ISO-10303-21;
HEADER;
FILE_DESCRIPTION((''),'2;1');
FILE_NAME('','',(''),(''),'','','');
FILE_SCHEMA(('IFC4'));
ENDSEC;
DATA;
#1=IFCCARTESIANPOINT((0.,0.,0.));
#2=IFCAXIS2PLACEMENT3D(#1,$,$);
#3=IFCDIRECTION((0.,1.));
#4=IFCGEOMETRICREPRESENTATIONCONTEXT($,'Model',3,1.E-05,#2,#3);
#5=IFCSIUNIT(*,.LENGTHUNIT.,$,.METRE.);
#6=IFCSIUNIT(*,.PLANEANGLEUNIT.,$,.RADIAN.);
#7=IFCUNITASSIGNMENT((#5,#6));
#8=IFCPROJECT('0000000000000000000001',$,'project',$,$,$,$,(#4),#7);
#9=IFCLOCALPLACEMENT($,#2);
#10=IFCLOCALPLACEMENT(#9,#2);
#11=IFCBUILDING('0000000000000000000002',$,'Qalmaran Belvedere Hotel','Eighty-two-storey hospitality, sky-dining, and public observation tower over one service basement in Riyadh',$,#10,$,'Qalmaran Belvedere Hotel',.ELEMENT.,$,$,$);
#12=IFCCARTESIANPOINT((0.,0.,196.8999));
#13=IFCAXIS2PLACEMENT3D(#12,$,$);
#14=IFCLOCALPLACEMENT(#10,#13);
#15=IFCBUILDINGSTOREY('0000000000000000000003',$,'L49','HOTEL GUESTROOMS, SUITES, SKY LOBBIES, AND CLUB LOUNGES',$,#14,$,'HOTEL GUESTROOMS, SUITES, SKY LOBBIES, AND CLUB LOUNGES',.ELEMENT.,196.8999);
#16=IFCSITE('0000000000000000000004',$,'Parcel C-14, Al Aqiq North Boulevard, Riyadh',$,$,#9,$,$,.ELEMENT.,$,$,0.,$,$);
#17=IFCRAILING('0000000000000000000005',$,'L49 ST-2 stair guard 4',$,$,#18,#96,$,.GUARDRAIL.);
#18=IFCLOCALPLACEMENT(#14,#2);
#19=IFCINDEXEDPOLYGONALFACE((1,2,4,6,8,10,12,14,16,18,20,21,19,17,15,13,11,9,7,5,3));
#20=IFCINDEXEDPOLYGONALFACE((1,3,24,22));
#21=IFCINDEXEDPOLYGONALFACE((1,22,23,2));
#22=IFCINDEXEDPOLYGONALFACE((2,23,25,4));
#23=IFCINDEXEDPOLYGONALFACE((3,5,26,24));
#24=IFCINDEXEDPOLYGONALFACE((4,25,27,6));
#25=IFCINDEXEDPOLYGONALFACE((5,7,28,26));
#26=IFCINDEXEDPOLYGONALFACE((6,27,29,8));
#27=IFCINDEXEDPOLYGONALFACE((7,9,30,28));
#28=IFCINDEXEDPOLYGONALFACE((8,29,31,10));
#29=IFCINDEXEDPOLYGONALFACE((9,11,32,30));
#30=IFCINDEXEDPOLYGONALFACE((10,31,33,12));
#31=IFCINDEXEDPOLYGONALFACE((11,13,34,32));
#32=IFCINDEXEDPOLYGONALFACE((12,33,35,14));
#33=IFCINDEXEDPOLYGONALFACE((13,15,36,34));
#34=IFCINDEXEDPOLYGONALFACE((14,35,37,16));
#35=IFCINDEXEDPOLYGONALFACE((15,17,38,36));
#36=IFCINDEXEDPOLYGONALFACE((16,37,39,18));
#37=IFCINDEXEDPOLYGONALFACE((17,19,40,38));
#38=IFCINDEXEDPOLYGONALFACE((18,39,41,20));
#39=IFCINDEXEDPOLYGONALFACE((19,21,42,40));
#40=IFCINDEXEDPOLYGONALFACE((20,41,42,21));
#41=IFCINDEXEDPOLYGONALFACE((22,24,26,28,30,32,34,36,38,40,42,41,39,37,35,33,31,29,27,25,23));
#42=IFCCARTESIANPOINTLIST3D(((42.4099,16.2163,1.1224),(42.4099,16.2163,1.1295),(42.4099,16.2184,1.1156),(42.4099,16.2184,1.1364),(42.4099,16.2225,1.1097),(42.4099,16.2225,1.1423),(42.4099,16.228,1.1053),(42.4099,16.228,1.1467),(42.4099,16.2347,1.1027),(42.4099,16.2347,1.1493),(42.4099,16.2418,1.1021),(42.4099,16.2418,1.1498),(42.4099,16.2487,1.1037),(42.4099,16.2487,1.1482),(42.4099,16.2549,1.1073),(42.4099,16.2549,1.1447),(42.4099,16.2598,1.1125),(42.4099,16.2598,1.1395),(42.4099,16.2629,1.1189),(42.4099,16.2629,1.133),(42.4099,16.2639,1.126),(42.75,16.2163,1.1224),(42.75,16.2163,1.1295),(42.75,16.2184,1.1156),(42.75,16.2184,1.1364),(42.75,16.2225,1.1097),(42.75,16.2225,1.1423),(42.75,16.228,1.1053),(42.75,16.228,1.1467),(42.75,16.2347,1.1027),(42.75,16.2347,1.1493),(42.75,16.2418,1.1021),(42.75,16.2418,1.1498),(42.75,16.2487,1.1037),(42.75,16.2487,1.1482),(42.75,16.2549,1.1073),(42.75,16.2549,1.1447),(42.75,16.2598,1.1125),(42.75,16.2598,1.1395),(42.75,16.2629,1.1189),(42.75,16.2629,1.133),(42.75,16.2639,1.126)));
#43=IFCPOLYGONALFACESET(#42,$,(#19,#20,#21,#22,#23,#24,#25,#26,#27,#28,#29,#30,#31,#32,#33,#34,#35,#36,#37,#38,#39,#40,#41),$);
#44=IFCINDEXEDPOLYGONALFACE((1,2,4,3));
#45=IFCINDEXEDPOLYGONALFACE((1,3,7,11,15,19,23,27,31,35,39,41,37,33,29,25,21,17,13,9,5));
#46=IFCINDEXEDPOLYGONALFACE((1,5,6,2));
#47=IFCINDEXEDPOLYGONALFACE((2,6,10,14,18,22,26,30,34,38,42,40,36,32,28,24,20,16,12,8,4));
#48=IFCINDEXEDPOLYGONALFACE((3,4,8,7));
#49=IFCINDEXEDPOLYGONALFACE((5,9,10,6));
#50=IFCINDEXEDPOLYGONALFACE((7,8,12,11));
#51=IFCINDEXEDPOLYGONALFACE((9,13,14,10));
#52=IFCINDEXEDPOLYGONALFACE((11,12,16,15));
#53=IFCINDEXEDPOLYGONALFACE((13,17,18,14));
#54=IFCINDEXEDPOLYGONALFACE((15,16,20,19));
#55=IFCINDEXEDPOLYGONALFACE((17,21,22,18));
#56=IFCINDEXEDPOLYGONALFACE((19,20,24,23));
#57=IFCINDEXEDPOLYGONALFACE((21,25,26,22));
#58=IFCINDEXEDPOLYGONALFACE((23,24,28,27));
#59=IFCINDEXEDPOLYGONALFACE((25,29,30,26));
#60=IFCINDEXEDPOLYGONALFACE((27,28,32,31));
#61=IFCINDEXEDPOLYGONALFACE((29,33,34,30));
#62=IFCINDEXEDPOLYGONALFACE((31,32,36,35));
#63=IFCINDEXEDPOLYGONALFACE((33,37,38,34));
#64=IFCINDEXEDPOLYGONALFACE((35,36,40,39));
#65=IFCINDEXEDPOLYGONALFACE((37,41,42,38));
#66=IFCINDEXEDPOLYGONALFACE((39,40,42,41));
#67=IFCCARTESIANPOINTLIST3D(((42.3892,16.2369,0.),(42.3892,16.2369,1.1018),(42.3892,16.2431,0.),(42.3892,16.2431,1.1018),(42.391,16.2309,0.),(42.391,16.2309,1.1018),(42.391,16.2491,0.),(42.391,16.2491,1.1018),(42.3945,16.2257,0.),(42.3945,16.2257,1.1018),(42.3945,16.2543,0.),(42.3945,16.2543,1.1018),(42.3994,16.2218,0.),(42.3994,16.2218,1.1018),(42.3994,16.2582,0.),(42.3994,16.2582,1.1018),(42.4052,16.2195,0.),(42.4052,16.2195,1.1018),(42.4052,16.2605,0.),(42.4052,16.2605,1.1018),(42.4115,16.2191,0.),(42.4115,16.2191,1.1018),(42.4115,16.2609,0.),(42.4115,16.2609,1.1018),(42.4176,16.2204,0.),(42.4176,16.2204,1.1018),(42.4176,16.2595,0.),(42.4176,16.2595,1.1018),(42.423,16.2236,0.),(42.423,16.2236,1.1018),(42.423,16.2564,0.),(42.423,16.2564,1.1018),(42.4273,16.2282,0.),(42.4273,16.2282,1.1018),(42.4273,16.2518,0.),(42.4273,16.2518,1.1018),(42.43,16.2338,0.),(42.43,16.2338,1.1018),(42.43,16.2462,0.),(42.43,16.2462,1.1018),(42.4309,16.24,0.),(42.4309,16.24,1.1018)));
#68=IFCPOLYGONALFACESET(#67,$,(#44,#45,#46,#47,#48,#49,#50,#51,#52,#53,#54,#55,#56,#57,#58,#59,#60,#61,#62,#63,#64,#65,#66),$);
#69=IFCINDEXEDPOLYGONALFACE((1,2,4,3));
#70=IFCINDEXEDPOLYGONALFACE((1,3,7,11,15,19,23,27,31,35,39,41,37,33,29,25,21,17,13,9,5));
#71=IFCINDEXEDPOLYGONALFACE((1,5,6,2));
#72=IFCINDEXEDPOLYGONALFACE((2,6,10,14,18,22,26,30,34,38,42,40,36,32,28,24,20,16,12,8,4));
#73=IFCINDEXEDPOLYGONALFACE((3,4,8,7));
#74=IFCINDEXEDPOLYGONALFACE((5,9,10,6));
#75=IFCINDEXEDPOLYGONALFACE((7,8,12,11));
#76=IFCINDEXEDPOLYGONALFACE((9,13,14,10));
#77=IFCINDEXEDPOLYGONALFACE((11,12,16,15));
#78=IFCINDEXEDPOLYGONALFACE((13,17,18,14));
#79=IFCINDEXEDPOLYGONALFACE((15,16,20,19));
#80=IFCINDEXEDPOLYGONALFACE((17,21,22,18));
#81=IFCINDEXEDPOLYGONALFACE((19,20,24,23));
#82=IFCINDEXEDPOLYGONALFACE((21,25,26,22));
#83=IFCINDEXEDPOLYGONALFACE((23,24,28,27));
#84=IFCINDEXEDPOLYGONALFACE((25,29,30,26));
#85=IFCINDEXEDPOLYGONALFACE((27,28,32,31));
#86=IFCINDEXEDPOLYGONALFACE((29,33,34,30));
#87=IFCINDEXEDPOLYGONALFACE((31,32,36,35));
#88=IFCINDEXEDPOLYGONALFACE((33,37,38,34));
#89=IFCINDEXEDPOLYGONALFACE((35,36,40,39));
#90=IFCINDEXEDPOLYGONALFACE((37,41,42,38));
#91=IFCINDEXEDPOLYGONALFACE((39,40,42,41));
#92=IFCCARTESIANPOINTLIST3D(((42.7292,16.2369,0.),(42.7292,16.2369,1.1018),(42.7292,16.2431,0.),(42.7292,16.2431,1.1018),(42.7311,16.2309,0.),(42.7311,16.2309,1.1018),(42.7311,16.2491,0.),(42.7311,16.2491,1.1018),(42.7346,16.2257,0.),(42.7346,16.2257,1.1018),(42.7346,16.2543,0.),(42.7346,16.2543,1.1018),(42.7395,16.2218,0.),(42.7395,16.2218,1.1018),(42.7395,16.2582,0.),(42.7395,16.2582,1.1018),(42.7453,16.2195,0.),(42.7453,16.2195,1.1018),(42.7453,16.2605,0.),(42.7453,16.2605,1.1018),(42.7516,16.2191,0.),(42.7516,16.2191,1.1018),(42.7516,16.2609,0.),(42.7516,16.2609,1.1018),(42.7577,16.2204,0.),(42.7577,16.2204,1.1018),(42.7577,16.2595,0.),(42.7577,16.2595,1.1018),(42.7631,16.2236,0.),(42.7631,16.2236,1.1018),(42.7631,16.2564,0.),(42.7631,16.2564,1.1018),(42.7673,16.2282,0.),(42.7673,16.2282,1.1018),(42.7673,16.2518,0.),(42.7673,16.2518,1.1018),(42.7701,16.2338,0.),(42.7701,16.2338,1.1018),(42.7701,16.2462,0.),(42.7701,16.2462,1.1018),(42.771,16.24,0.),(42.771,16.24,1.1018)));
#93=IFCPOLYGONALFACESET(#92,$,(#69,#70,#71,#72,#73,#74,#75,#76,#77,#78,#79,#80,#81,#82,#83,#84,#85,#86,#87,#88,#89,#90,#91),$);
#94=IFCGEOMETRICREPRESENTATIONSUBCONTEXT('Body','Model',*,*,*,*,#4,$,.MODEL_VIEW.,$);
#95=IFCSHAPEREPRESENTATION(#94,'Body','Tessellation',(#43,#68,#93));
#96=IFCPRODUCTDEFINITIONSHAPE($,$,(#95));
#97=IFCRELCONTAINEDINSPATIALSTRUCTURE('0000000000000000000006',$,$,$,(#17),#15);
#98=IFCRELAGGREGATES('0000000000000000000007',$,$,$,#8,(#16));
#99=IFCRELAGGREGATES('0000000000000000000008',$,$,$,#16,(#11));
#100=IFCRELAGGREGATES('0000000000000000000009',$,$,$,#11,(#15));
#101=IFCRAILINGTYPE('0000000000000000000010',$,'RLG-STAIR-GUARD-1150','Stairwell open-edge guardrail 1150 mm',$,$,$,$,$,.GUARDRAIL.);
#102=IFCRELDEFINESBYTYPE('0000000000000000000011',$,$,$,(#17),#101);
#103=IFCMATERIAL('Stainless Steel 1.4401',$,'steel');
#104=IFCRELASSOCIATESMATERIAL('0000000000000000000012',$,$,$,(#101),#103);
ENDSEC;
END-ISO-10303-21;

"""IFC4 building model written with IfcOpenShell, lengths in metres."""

from ifc_helpers import new_model, si_unit, direction, frame, origin, origin_2d, place, context, subcontext, project, spatial, circle, extrude, material, type_object, element, save


model = new_model("IFC4")

# Units and contexts
model_context = context("Model", 3, precision=1e-05, world=origin(), true_north=direction((0.0, 1.0)))
body_context = subcontext(model_context, "Body", "Model", "MODEL_VIEW")
ifc_project = project(units=[si_unit("LENGTHUNIT", "METRE"), si_unit("PLANEANGLEUNIT", "RADIAN")], contexts=[model_context])

# Site, building, storey
site_placement = place(None, origin())
site = spatial("IfcSite", under=ifc_project, at=site_placement, Name="Parcel C-14, Al Aqiq North Boulevard, Riyadh", CompositionType="ELEMENT", RefElevation=0.0)
building_placement = place(site_placement, origin())
building = spatial("IfcBuilding", under=site, at=building_placement, Name="Qalmaran Belvedere Hotel", Description="Eighty-two-storey hospitality, sky-dining, and public observation tower over one service basement in Riyadh", LongName="Qalmaran Belvedere Hotel", CompositionType="ELEMENT")
storey_placement = place(building_placement, frame((0.0, 0.0, 196.8999)))
storey = spatial("IfcBuildingStorey", under=building, at=storey_placement, Name="L49", Description="HOTEL GUESTROOMS, SUITES, SKY LOBBIES, AND CLUB LOUNGES", LongName="HOTEL GUESTROOMS, SUITES, SKY LOBBIES, AND CLUB LOUNGES", CompositionType="ELEMENT", Elevation=196.8999)

# Railing
ifc_material_1 = material(Name="Stainless Steel 1.4401", Category="steel")
railing_type_1 = type_object("IfcRailingType", Name="RLG-STAIR-GUARD-1150", Description="Stairwell open-edge guardrail 1150 mm", PredefinedType="GUARDRAIL", material=ifc_material_1)
railing_1_placement = place(storey_placement, frame((42.4099, 16.24, 0.0)))
element("IfcRailing", 1, at=railing_1_placement, inside=storey, type_object=railing_type_1, Name="L49 ST-2 stair guard 4", PredefinedType="GUARDRAIL", context=body_context, shape_type="SweptSolid", body=[
    extrude(circle(Radius=0.0239, at=origin_2d()), frame((0.0, 0.0, 1.126), z_axis=(1.0, 0.0, 0.0), x_axis=(0.0, 1.0, 0.0)), (0.0, 0.0, 1.0), 0.3401),
    extrude(circle(Radius=0.021, at=origin_2d()), origin(), (0.0, 0.0, 1.0), 1.1018),
    extrude(circle(Radius=0.021, at=origin_2d()), frame((0.3401, 0.0, 0.0)), (0.0, 0.0, 1.0), 1.1018),
])

save(model, "model.ifc")
